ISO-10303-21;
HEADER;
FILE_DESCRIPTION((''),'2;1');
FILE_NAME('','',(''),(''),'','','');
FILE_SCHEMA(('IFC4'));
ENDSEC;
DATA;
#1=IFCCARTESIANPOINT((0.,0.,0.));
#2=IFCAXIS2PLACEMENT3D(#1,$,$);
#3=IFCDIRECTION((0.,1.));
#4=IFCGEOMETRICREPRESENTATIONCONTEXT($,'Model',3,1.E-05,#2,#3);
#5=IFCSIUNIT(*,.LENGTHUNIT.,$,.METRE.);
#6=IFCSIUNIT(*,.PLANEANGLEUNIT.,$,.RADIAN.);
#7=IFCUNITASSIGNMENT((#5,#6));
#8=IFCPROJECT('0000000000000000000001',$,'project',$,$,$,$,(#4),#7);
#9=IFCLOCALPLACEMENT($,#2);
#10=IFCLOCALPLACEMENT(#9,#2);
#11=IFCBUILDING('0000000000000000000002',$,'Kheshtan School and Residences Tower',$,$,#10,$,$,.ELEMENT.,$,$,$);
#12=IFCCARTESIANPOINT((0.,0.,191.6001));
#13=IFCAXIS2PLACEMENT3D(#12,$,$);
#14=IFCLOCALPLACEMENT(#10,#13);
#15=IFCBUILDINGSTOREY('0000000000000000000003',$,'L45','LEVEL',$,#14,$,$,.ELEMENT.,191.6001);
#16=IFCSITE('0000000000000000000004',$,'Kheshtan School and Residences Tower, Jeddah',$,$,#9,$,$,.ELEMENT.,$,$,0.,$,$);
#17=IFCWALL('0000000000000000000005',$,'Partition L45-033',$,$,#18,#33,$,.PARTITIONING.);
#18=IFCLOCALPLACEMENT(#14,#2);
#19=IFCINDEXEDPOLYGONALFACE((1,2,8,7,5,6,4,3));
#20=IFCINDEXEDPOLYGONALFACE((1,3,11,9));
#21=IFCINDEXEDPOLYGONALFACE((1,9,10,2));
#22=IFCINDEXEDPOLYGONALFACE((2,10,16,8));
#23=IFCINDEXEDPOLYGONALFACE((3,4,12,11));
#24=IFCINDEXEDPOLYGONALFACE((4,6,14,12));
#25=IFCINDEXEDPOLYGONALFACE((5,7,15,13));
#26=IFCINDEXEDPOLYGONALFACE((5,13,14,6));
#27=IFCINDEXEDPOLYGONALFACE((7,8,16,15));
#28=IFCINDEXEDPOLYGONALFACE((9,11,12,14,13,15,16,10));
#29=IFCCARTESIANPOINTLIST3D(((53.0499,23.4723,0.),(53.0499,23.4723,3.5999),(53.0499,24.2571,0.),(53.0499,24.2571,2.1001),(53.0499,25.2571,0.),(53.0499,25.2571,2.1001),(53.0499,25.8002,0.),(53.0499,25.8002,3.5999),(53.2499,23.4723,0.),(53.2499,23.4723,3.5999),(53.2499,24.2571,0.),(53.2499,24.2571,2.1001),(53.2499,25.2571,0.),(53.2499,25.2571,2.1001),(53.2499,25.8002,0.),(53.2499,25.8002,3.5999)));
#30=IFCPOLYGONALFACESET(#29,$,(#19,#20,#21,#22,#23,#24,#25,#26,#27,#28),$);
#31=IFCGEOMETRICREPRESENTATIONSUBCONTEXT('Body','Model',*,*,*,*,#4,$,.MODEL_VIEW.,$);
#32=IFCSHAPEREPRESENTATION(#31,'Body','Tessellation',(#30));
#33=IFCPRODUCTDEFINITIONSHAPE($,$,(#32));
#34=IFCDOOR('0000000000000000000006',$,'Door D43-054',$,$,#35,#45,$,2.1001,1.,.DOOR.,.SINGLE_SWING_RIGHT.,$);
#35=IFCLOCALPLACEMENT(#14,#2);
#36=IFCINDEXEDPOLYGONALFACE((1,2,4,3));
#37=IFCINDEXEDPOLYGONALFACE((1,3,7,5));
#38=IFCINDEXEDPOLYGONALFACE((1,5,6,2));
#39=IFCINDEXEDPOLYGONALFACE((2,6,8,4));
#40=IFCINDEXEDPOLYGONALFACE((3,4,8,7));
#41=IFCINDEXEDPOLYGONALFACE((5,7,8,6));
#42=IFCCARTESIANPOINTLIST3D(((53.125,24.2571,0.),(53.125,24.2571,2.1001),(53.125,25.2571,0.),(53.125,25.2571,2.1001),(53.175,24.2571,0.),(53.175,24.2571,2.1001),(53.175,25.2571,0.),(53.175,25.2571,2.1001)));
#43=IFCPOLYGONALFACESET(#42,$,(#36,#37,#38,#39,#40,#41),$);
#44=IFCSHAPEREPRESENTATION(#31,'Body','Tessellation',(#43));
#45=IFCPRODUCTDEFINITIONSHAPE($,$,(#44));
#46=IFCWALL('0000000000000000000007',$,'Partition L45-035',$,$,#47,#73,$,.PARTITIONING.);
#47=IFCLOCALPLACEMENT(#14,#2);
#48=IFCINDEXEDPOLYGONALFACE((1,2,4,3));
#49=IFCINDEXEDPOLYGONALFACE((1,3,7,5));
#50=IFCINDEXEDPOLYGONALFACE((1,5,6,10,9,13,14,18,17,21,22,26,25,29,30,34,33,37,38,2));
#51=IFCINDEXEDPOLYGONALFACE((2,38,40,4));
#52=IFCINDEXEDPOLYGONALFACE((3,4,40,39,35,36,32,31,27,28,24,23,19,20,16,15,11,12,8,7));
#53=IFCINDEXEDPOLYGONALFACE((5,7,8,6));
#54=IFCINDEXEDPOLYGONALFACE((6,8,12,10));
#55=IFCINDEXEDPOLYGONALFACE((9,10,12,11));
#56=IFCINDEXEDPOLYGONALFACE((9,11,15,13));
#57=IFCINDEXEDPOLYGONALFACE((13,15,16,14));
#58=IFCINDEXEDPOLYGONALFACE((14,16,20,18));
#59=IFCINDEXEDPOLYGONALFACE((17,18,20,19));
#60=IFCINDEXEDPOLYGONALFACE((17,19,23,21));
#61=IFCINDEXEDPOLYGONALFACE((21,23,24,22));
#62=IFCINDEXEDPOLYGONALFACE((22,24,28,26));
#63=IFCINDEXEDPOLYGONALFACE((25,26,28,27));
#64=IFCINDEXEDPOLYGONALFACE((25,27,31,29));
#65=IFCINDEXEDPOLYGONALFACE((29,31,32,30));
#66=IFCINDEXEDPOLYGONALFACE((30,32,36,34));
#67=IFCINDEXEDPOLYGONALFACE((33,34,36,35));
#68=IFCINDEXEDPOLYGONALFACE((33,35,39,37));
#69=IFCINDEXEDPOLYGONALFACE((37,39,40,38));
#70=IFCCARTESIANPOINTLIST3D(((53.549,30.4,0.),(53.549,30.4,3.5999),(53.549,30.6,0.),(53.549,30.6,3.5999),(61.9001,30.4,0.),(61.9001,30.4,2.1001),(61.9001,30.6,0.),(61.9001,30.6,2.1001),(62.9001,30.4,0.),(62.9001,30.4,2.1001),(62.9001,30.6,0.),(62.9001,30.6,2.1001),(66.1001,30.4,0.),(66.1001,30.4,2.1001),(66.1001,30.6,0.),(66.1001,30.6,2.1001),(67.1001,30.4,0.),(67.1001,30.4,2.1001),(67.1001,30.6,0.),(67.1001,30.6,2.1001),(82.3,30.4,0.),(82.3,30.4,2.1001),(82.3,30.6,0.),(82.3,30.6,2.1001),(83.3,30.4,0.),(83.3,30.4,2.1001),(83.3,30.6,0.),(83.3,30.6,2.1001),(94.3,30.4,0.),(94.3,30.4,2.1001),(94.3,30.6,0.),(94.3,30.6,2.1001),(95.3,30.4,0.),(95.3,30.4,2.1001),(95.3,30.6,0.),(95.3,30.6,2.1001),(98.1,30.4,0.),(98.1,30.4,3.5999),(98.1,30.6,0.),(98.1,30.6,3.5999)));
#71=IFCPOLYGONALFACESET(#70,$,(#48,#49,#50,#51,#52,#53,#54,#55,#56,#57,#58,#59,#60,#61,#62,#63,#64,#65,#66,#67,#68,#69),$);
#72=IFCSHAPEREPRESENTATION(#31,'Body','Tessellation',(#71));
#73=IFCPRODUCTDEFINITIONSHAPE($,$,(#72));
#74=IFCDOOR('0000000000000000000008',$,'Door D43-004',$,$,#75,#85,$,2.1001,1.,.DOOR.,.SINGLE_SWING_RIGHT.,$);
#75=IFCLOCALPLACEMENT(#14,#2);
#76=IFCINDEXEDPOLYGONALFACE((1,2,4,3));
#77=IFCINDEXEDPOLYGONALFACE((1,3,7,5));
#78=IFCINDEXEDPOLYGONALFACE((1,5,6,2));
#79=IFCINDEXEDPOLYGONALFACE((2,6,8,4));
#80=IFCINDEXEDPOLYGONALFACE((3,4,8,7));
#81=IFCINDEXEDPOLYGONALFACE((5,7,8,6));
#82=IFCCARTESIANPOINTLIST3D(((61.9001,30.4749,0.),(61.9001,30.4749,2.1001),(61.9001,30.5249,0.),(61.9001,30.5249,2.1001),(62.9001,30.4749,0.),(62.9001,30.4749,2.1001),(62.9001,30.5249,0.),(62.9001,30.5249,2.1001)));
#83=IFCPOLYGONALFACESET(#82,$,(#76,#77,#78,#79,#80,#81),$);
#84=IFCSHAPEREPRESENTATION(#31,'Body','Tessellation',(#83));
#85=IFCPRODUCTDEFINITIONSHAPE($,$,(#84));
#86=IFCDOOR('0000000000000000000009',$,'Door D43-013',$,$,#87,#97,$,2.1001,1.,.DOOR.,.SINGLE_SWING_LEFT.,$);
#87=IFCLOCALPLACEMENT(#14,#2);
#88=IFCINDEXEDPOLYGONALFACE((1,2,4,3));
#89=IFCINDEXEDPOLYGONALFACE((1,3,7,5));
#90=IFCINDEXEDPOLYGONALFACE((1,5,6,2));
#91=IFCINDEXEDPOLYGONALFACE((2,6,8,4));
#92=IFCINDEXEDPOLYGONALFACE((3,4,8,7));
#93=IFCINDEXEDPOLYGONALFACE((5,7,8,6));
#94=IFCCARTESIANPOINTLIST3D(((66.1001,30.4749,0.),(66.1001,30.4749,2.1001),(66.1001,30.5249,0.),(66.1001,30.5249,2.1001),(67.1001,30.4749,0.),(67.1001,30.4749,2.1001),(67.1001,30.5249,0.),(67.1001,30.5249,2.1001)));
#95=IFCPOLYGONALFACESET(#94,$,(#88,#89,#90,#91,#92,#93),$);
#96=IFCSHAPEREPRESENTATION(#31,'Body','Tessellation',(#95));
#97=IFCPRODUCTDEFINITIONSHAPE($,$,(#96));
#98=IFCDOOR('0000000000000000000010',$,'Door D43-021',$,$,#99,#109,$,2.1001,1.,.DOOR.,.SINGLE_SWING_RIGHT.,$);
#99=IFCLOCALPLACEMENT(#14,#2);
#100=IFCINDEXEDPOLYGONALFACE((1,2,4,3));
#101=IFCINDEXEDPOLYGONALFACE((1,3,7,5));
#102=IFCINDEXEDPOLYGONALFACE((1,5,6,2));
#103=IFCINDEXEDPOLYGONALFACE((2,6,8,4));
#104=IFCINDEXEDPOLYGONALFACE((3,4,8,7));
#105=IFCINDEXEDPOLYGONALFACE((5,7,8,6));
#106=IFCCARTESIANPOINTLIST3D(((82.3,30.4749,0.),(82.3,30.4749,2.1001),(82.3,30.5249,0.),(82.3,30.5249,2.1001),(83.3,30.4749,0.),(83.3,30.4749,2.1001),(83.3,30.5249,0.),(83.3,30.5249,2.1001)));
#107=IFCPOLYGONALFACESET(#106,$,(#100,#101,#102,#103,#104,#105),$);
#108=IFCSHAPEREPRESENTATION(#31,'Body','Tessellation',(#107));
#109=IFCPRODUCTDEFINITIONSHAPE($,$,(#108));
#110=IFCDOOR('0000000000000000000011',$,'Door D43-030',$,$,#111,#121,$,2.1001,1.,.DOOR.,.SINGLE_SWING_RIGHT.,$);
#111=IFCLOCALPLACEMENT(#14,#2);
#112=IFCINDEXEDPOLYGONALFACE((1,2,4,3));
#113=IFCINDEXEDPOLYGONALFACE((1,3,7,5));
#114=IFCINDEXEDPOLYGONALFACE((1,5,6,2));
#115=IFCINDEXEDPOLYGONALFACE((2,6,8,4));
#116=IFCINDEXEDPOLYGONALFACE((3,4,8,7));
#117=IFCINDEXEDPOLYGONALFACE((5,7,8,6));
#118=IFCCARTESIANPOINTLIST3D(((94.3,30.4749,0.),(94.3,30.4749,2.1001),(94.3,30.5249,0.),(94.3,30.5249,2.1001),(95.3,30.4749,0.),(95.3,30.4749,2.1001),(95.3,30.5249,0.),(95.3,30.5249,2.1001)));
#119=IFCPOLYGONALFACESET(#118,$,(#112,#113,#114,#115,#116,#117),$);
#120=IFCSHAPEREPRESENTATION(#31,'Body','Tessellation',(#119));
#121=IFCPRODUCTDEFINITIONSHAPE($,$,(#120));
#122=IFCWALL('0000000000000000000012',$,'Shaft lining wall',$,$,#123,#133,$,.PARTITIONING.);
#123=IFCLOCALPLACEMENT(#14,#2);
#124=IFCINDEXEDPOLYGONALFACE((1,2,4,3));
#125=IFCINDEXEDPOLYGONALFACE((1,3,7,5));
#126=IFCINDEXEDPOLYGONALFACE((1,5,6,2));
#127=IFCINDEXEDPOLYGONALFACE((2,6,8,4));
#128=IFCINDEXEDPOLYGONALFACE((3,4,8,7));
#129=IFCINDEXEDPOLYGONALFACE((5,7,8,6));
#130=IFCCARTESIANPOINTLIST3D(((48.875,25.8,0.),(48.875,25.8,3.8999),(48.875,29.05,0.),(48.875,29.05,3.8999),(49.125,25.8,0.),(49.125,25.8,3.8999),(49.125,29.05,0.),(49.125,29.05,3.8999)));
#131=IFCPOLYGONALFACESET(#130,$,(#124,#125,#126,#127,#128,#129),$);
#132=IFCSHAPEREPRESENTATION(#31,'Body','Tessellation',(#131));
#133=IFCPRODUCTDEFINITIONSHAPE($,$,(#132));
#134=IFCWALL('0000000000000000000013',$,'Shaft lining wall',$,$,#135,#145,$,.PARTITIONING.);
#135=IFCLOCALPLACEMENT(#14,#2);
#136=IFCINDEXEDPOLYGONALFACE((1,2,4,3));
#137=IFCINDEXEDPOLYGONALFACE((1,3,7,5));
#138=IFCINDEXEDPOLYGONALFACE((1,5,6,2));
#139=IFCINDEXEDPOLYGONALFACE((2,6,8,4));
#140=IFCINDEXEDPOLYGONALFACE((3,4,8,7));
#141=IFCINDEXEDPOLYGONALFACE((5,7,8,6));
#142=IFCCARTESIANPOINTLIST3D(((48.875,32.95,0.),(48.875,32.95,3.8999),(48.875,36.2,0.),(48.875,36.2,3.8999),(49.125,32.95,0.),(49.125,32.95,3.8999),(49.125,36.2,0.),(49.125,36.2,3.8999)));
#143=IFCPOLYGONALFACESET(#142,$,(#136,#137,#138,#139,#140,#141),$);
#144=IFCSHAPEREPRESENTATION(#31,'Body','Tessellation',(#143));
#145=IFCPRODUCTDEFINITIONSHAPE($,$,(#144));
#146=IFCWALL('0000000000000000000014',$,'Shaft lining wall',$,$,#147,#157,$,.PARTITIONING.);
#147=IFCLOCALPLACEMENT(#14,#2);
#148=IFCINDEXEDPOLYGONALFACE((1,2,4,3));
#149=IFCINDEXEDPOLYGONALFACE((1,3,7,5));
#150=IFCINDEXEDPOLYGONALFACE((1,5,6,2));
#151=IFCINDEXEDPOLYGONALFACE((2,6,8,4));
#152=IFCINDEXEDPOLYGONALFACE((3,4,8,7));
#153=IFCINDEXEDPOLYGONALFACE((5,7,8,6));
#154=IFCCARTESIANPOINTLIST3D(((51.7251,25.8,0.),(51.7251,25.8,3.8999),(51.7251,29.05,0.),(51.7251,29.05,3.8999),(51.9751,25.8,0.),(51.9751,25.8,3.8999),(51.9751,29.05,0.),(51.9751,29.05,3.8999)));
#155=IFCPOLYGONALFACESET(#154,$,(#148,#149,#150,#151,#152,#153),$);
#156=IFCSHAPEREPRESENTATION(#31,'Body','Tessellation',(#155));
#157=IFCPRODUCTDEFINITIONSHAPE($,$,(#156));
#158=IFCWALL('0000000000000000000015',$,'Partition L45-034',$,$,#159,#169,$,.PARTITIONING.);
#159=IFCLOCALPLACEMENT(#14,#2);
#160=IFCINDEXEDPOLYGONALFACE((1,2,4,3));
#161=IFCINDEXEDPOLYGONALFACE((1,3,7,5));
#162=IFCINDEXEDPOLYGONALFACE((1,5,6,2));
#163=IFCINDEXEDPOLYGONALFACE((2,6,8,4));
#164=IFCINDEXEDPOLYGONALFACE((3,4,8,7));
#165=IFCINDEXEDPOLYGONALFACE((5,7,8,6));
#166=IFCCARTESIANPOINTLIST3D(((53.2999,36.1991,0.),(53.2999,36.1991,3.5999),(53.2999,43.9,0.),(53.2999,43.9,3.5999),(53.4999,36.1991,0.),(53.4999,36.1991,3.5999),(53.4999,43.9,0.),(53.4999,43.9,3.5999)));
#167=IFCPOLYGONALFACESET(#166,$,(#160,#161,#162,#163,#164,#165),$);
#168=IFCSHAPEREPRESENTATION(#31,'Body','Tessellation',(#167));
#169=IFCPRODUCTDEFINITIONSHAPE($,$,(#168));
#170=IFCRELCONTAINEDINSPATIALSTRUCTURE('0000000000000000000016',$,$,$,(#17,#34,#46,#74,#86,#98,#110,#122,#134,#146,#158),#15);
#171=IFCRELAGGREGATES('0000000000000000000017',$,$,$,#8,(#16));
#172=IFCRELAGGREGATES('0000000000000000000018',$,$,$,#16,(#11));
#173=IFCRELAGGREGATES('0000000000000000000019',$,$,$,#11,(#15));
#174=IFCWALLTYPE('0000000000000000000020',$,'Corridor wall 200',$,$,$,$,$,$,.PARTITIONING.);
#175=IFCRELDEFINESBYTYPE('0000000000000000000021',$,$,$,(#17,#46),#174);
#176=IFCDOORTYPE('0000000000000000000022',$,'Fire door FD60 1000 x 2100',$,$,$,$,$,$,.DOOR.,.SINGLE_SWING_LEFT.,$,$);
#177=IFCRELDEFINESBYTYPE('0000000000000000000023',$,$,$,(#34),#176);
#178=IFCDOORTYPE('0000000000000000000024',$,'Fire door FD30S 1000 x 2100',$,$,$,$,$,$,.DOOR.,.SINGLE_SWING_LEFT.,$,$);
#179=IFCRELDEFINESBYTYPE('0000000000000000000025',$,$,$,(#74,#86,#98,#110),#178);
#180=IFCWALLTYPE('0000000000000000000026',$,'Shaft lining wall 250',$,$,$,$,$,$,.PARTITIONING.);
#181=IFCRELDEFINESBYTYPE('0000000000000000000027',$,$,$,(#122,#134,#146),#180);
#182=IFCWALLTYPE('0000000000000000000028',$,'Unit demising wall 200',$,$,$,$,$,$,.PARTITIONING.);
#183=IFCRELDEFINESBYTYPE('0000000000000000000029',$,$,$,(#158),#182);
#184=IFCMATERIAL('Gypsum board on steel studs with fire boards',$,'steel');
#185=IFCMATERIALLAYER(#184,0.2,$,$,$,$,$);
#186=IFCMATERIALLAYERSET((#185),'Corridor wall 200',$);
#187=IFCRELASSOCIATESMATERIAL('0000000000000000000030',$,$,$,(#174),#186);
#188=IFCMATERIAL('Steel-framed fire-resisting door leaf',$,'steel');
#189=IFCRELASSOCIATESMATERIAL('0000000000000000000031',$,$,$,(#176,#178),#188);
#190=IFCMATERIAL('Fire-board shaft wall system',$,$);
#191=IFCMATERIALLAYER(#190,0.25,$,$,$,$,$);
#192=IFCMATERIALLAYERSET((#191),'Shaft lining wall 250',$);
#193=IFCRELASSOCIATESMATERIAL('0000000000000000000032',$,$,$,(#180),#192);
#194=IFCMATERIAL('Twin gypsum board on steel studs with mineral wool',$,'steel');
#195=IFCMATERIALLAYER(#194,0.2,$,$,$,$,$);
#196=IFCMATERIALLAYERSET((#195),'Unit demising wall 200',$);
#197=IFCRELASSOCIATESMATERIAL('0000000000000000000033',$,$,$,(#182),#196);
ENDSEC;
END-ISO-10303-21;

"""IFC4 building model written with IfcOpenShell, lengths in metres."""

from ifc_helpers import new_model, si_unit, direction, frame, frame_2d, origin, place, context, subcontext, project, spatial, rectangle, extrude, source, transform, mapped, material, layer, layer_set, type_object, element, fill, save


model = new_model("IFC4")

# Units and contexts
model_context = context("Model", 3, precision=1e-05, world=origin(), true_north=direction((0.0, 1.0)))
body_context = subcontext(model_context, "Body", "Model", "MODEL_VIEW")
ifc_project = project(units=[si_unit("LENGTHUNIT", "METRE"), si_unit("PLANEANGLEUNIT", "RADIAN")], contexts=[model_context])

# Site, building, storey
site_placement = place(None, origin())
site = spatial("IfcSite", under=ifc_project, at=site_placement, Name="Kheshtan School and Residences Tower, Jeddah", CompositionType="ELEMENT", RefElevation=0.0)
building_placement = place(site_placement, origin())
building = spatial("IfcBuilding", under=site, at=building_placement, Name="Kheshtan School and Residences Tower", CompositionType="ELEMENT")
storey_placement = place(building_placement, frame((0.0, 0.0, 191.6001)))
storey = spatial("IfcBuildingStorey", under=building, at=storey_placement, Name="L45", Description="LEVEL", CompositionType="ELEMENT", Elevation=191.6001)

# Wall, opening, door
ifc_material_1 = material(Name="Gypsum board on steel studs with fire boards", Category="steel")
ifc_layer_1 = layer(ifc_material_1, 0.2)
ifc_layer_set_1 = layer_set([ifc_layer_1], Name="Corridor wall 200")
wall_type_1 = type_object("IfcWallType", Name="Corridor wall 200", PredefinedType="PARTITIONING", material=ifc_layer_set_1)
wall_1_placement = place(storey_placement, frame((53.1499, 23.4722, 0.0), z_axis=(0.0, 0.0, 1.0), x_axis=(0.0, 1.0, 0.0)))
wall_1 = element("IfcWall", 1, at=wall_1_placement, inside=storey, type_object=wall_type_1, Name="Partition L45-033", PredefinedType="PARTITIONING", context=body_context, shape_type="SweptSolid", body=[
    extrude(rectangle(XDim=2.3279, YDim=0.2, at=frame_2d((1.1641, 0.0))), origin(), (0.0, 0.0, 1.0), 3.5999),
])
opening_1_placement = place(wall_1_placement, frame((0.7849, 0.0, 0.0)))
opening_1 = element("IfcOpeningElement", 2, at=opening_1_placement, cuts=wall_1, PredefinedType="OPENING", context=body_context, shape_type="SweptSolid", body=[
    extrude(rectangle(XDim=1.0, YDim=2.1001, at=frame_2d((0.5, 1.05))), frame((0.0, 0.1099, 0.0), z_axis=(0.0, -1.0, 0.0), x_axis=(1.0, 0.0, 0.0)), (0.0, 0.0, 1.0), 0.22),
])
ifc_material_2 = material(Name="Steel-framed fire-resisting door leaf", Category="steel")
door_type_1 = type_object("IfcDoorType", Name="Fire door FD60 1000 x 2100", OperationType="SINGLE_SWING_LEFT", PredefinedType="DOOR", material=ifc_material_2)
shared_shape_1 = source(origin(), body_context, "Body", "SweptSolid", [
    extrude(rectangle(XDim=1.0, YDim=2.1001, at=frame_2d((0.5, 1.05))), frame((0.0, 0.0249, 0.0), z_axis=(0.0, -1.0, 0.0), x_axis=(1.0, 0.0, 0.0)), (0.0, 0.0, 1.0), 0.05),
])
door_1_placement = place(opening_1_placement, origin())
door_1 = element("IfcDoor", 3, at=door_1_placement, inside=storey, type_object=door_type_1, Name="Door D43-054", OperationType="SINGLE_SWING_RIGHT", OverallHeight=2.1001, OverallWidth=1.0, PredefinedType="DOOR", context=body_context, shape_type="MappedRepresentation", body=[
    mapped(shared_shape_1, transform((0.0, 0.0, 0.0), x_axis=(1.0, 0.0, 0.0), y_axis=(0.0, 1.0, 0.0), z_axis=(0.0, 0.0, 1.0), scale=1.0)),
])
fill(opening_1, door_1)

# Wall, openings, doors
wall_2_placement = place(storey_placement, frame((53.5491, 30.5, 0.0), z_axis=(0.0, 0.0, 1.0), x_axis=(1.0, 0.0, 0.0)))
wall_2 = element("IfcWall", 4, at=wall_2_placement, inside=storey, type_object=wall_type_1, Name="Partition L45-035", PredefinedType="PARTITIONING", context=body_context, shape_type="SweptSolid", body=[
    extrude(rectangle(XDim=44.551, YDim=0.2, at=frame_2d((22.2754, 0.0))), origin(), (0.0, 0.0, 1.0), 3.5999),
])
opening_2_placement = place(wall_2_placement, frame((8.3511, 0.0, 0.0)))
opening_2 = element("IfcOpeningElement", 5, at=opening_2_placement, cuts=wall_2, PredefinedType="OPENING", context=body_context, shape_type="SweptSolid", body=[
    extrude(rectangle(XDim=1.0, YDim=2.1001, at=frame_2d((0.5, 1.05))), frame((0.0, 0.1099, 0.0), z_axis=(0.0, -1.0, 0.0), x_axis=(1.0, 0.0, 0.0)), (0.0, 0.0, 1.0), 0.22),
])
opening_3_placement = place(wall_2_placement, frame((12.551, 0.0, 0.0)))
opening_3 = element("IfcOpeningElement", 6, at=opening_3_placement, cuts=wall_2, PredefinedType="OPENING", context=body_context, shape_type="SweptSolid", body=[
    extrude(rectangle(XDim=1.0, YDim=2.1001, at=frame_2d((0.5, 1.05))), frame((0.0, 0.1099, 0.0), z_axis=(0.0, -1.0, 0.0), x_axis=(1.0, 0.0, 0.0)), (0.0, 0.0, 1.0), 0.22),
])
opening_4_placement = place(wall_2_placement, frame((28.751, 0.0, 0.0)))
opening_4 = element("IfcOpeningElement", 7, at=opening_4_placement, cuts=wall_2, PredefinedType="OPENING", context=body_context, shape_type="SweptSolid", body=[
    extrude(rectangle(XDim=1.0, YDim=2.1001, at=frame_2d((0.5, 1.05))), frame((0.0, 0.1099, 0.0), z_axis=(0.0, -1.0, 0.0), x_axis=(1.0, 0.0, 0.0)), (0.0, 0.0, 1.0), 0.22),
])
opening_5_placement = place(wall_2_placement, frame((40.751, 0.0, 0.0)))
opening_5 = element("IfcOpeningElement", 8, at=opening_5_placement, cuts=wall_2, PredefinedType="OPENING", context=body_context, shape_type="SweptSolid", body=[
    extrude(rectangle(XDim=1.0, YDim=2.1001, at=frame_2d((0.5, 1.05))), frame((0.0, 0.1099, 0.0), z_axis=(0.0, -1.0, 0.0), x_axis=(1.0, 0.0, 0.0)), (0.0, 0.0, 1.0), 0.22),
])
door_type_2 = type_object("IfcDoorType", Name="Fire door FD30S 1000 x 2100", OperationType="SINGLE_SWING_LEFT", PredefinedType="DOOR", material=ifc_material_2)
shared_shape_2 = source(origin(), body_context, "Body", "SweptSolid", [
    extrude(rectangle(XDim=1.0, YDim=2.1001, at=frame_2d((0.5, 1.05))), frame((0.0, 0.0249, 0.0), z_axis=(0.0, -1.0, 0.0), x_axis=(1.0, 0.0, 0.0)), (0.0, 0.0, 1.0), 0.05),
])
door_2_placement = place(opening_2_placement, origin())
door_2 = element("IfcDoor", 9, at=door_2_placement, inside=storey, type_object=door_type_2, Name="Door D43-004", OperationType="SINGLE_SWING_RIGHT", OverallHeight=2.1001, OverallWidth=1.0, PredefinedType="DOOR", context=body_context, shape_type="MappedRepresentation", body=[
    mapped(shared_shape_2, transform((0.0, 0.0, 0.0), x_axis=(1.0, 0.0, 0.0), y_axis=(0.0, 1.0, 0.0), z_axis=(0.0, 0.0, 1.0), scale=1.0)),
])
fill(opening_2, door_2)
door_3_placement = place(opening_3_placement, origin())
door_3 = element("IfcDoor", 10, at=door_3_placement, inside=storey, type_object=door_type_2, Name="Door D43-013", OperationType="SINGLE_SWING_LEFT", OverallHeight=2.1001, OverallWidth=1.0, PredefinedType="DOOR", context=body_context, shape_type="MappedRepresentation", body=[
    mapped(shared_shape_2, transform((0.0, 0.0, 0.0), x_axis=(1.0, 0.0, 0.0), y_axis=(0.0, 1.0, 0.0), z_axis=(0.0, 0.0, 1.0), scale=1.0)),
])
fill(opening_3, door_3)
door_4_placement = place(opening_4_placement, origin())
door_4 = element("IfcDoor", 11, at=door_4_placement, inside=storey, type_object=door_type_2, Name="Door D43-021", OperationType="SINGLE_SWING_RIGHT", OverallHeight=2.1001, OverallWidth=1.0, PredefinedType="DOOR", context=body_context, shape_type="MappedRepresentation", body=[
    mapped(shared_shape_2, transform((0.0, 0.0, 0.0), x_axis=(1.0, 0.0, 0.0), y_axis=(0.0, 1.0, 0.0), z_axis=(0.0, 0.0, 1.0), scale=1.0)),
])
fill(opening_4, door_4)
door_5_placement = place(opening_5_placement, origin())
door_5 = element("IfcDoor", 12, at=door_5_placement, inside=storey, type_object=door_type_2, Name="Door D43-030", OperationType="SINGLE_SWING_RIGHT", OverallHeight=2.1001, OverallWidth=1.0, PredefinedType="DOOR", context=body_context, shape_type="MappedRepresentation", body=[
    mapped(shared_shape_2, transform((0.0, 0.0, 0.0), x_axis=(1.0, 0.0, 0.0), y_axis=(0.0, 1.0, 0.0), z_axis=(0.0, 0.0, 1.0), scale=1.0)),
])
fill(opening_5, door_5)

# Walls
ifc_material_3 = material(Name="Fire-board shaft wall system")
ifc_layer_2 = layer(ifc_material_3, 0.25)
ifc_layer_set_2 = layer_set([ifc_layer_2], Name="Shaft lining wall 250")
wall_type_2 = type_object("IfcWallType", Name="Shaft lining wall 250", PredefinedType="PARTITIONING", material=ifc_layer_set_2)
for number, where, z_axis, x_axis, name in (
    (13, (49.0, 25.8, 0.0), (0.0, 0.0, 1.0), (0.0, 1.0, 0.0), "Shaft lining wall"),
    (14, (49.0, 32.95, 0.0), (0.0, 0.0, 1.0), (0.0, 1.0, 0.0), "Shaft lining wall"),
    (15, (51.8501, 25.8, 0.0), (0.0, 0.0, 1.0), (0.0, 1.0, 0.0), "Shaft lining wall"),
):
    element("IfcWall", number, at=place(storey_placement, frame(where, z_axis=z_axis, x_axis=x_axis)), inside=storey, type_object=wall_type_2, Name=name, PredefinedType="PARTITIONING", context=body_context, shape_type="SweptSolid", body=[
        extrude(rectangle(XDim=3.25, YDim=0.25, at=frame_2d((1.625, 0.0))), origin(), (0.0, 0.0, 1.0), 3.8999),
    ])
ifc_material_4 = material(Name="Twin gypsum board on steel studs with mineral wool", Category="steel")
ifc_layer_3 = layer(ifc_material_4, 0.2)
ifc_layer_set_3 = layer_set([ifc_layer_3], Name="Unit demising wall 200")
wall_type_3 = type_object("IfcWallType", Name="Unit demising wall 200", PredefinedType="PARTITIONING", material=ifc_layer_set_3)
wall_3_placement = place(storey_placement, frame((53.3999, 36.199, 0.0), z_axis=(0.0, 0.0, 1.0), x_axis=(0.0, 1.0, 0.0)))
element("IfcWall", 16, at=wall_3_placement, inside=storey, type_object=wall_type_3, Name="Partition L45-034", PredefinedType="PARTITIONING", context=body_context, shape_type="SweptSolid", body=[
    extrude(rectangle(XDim=7.7009, YDim=0.2, at=frame_2d((3.8506, 0.0))), origin(), (0.0, 0.0, 1.0), 3.5999),
])

save(model, "model.ifc")
